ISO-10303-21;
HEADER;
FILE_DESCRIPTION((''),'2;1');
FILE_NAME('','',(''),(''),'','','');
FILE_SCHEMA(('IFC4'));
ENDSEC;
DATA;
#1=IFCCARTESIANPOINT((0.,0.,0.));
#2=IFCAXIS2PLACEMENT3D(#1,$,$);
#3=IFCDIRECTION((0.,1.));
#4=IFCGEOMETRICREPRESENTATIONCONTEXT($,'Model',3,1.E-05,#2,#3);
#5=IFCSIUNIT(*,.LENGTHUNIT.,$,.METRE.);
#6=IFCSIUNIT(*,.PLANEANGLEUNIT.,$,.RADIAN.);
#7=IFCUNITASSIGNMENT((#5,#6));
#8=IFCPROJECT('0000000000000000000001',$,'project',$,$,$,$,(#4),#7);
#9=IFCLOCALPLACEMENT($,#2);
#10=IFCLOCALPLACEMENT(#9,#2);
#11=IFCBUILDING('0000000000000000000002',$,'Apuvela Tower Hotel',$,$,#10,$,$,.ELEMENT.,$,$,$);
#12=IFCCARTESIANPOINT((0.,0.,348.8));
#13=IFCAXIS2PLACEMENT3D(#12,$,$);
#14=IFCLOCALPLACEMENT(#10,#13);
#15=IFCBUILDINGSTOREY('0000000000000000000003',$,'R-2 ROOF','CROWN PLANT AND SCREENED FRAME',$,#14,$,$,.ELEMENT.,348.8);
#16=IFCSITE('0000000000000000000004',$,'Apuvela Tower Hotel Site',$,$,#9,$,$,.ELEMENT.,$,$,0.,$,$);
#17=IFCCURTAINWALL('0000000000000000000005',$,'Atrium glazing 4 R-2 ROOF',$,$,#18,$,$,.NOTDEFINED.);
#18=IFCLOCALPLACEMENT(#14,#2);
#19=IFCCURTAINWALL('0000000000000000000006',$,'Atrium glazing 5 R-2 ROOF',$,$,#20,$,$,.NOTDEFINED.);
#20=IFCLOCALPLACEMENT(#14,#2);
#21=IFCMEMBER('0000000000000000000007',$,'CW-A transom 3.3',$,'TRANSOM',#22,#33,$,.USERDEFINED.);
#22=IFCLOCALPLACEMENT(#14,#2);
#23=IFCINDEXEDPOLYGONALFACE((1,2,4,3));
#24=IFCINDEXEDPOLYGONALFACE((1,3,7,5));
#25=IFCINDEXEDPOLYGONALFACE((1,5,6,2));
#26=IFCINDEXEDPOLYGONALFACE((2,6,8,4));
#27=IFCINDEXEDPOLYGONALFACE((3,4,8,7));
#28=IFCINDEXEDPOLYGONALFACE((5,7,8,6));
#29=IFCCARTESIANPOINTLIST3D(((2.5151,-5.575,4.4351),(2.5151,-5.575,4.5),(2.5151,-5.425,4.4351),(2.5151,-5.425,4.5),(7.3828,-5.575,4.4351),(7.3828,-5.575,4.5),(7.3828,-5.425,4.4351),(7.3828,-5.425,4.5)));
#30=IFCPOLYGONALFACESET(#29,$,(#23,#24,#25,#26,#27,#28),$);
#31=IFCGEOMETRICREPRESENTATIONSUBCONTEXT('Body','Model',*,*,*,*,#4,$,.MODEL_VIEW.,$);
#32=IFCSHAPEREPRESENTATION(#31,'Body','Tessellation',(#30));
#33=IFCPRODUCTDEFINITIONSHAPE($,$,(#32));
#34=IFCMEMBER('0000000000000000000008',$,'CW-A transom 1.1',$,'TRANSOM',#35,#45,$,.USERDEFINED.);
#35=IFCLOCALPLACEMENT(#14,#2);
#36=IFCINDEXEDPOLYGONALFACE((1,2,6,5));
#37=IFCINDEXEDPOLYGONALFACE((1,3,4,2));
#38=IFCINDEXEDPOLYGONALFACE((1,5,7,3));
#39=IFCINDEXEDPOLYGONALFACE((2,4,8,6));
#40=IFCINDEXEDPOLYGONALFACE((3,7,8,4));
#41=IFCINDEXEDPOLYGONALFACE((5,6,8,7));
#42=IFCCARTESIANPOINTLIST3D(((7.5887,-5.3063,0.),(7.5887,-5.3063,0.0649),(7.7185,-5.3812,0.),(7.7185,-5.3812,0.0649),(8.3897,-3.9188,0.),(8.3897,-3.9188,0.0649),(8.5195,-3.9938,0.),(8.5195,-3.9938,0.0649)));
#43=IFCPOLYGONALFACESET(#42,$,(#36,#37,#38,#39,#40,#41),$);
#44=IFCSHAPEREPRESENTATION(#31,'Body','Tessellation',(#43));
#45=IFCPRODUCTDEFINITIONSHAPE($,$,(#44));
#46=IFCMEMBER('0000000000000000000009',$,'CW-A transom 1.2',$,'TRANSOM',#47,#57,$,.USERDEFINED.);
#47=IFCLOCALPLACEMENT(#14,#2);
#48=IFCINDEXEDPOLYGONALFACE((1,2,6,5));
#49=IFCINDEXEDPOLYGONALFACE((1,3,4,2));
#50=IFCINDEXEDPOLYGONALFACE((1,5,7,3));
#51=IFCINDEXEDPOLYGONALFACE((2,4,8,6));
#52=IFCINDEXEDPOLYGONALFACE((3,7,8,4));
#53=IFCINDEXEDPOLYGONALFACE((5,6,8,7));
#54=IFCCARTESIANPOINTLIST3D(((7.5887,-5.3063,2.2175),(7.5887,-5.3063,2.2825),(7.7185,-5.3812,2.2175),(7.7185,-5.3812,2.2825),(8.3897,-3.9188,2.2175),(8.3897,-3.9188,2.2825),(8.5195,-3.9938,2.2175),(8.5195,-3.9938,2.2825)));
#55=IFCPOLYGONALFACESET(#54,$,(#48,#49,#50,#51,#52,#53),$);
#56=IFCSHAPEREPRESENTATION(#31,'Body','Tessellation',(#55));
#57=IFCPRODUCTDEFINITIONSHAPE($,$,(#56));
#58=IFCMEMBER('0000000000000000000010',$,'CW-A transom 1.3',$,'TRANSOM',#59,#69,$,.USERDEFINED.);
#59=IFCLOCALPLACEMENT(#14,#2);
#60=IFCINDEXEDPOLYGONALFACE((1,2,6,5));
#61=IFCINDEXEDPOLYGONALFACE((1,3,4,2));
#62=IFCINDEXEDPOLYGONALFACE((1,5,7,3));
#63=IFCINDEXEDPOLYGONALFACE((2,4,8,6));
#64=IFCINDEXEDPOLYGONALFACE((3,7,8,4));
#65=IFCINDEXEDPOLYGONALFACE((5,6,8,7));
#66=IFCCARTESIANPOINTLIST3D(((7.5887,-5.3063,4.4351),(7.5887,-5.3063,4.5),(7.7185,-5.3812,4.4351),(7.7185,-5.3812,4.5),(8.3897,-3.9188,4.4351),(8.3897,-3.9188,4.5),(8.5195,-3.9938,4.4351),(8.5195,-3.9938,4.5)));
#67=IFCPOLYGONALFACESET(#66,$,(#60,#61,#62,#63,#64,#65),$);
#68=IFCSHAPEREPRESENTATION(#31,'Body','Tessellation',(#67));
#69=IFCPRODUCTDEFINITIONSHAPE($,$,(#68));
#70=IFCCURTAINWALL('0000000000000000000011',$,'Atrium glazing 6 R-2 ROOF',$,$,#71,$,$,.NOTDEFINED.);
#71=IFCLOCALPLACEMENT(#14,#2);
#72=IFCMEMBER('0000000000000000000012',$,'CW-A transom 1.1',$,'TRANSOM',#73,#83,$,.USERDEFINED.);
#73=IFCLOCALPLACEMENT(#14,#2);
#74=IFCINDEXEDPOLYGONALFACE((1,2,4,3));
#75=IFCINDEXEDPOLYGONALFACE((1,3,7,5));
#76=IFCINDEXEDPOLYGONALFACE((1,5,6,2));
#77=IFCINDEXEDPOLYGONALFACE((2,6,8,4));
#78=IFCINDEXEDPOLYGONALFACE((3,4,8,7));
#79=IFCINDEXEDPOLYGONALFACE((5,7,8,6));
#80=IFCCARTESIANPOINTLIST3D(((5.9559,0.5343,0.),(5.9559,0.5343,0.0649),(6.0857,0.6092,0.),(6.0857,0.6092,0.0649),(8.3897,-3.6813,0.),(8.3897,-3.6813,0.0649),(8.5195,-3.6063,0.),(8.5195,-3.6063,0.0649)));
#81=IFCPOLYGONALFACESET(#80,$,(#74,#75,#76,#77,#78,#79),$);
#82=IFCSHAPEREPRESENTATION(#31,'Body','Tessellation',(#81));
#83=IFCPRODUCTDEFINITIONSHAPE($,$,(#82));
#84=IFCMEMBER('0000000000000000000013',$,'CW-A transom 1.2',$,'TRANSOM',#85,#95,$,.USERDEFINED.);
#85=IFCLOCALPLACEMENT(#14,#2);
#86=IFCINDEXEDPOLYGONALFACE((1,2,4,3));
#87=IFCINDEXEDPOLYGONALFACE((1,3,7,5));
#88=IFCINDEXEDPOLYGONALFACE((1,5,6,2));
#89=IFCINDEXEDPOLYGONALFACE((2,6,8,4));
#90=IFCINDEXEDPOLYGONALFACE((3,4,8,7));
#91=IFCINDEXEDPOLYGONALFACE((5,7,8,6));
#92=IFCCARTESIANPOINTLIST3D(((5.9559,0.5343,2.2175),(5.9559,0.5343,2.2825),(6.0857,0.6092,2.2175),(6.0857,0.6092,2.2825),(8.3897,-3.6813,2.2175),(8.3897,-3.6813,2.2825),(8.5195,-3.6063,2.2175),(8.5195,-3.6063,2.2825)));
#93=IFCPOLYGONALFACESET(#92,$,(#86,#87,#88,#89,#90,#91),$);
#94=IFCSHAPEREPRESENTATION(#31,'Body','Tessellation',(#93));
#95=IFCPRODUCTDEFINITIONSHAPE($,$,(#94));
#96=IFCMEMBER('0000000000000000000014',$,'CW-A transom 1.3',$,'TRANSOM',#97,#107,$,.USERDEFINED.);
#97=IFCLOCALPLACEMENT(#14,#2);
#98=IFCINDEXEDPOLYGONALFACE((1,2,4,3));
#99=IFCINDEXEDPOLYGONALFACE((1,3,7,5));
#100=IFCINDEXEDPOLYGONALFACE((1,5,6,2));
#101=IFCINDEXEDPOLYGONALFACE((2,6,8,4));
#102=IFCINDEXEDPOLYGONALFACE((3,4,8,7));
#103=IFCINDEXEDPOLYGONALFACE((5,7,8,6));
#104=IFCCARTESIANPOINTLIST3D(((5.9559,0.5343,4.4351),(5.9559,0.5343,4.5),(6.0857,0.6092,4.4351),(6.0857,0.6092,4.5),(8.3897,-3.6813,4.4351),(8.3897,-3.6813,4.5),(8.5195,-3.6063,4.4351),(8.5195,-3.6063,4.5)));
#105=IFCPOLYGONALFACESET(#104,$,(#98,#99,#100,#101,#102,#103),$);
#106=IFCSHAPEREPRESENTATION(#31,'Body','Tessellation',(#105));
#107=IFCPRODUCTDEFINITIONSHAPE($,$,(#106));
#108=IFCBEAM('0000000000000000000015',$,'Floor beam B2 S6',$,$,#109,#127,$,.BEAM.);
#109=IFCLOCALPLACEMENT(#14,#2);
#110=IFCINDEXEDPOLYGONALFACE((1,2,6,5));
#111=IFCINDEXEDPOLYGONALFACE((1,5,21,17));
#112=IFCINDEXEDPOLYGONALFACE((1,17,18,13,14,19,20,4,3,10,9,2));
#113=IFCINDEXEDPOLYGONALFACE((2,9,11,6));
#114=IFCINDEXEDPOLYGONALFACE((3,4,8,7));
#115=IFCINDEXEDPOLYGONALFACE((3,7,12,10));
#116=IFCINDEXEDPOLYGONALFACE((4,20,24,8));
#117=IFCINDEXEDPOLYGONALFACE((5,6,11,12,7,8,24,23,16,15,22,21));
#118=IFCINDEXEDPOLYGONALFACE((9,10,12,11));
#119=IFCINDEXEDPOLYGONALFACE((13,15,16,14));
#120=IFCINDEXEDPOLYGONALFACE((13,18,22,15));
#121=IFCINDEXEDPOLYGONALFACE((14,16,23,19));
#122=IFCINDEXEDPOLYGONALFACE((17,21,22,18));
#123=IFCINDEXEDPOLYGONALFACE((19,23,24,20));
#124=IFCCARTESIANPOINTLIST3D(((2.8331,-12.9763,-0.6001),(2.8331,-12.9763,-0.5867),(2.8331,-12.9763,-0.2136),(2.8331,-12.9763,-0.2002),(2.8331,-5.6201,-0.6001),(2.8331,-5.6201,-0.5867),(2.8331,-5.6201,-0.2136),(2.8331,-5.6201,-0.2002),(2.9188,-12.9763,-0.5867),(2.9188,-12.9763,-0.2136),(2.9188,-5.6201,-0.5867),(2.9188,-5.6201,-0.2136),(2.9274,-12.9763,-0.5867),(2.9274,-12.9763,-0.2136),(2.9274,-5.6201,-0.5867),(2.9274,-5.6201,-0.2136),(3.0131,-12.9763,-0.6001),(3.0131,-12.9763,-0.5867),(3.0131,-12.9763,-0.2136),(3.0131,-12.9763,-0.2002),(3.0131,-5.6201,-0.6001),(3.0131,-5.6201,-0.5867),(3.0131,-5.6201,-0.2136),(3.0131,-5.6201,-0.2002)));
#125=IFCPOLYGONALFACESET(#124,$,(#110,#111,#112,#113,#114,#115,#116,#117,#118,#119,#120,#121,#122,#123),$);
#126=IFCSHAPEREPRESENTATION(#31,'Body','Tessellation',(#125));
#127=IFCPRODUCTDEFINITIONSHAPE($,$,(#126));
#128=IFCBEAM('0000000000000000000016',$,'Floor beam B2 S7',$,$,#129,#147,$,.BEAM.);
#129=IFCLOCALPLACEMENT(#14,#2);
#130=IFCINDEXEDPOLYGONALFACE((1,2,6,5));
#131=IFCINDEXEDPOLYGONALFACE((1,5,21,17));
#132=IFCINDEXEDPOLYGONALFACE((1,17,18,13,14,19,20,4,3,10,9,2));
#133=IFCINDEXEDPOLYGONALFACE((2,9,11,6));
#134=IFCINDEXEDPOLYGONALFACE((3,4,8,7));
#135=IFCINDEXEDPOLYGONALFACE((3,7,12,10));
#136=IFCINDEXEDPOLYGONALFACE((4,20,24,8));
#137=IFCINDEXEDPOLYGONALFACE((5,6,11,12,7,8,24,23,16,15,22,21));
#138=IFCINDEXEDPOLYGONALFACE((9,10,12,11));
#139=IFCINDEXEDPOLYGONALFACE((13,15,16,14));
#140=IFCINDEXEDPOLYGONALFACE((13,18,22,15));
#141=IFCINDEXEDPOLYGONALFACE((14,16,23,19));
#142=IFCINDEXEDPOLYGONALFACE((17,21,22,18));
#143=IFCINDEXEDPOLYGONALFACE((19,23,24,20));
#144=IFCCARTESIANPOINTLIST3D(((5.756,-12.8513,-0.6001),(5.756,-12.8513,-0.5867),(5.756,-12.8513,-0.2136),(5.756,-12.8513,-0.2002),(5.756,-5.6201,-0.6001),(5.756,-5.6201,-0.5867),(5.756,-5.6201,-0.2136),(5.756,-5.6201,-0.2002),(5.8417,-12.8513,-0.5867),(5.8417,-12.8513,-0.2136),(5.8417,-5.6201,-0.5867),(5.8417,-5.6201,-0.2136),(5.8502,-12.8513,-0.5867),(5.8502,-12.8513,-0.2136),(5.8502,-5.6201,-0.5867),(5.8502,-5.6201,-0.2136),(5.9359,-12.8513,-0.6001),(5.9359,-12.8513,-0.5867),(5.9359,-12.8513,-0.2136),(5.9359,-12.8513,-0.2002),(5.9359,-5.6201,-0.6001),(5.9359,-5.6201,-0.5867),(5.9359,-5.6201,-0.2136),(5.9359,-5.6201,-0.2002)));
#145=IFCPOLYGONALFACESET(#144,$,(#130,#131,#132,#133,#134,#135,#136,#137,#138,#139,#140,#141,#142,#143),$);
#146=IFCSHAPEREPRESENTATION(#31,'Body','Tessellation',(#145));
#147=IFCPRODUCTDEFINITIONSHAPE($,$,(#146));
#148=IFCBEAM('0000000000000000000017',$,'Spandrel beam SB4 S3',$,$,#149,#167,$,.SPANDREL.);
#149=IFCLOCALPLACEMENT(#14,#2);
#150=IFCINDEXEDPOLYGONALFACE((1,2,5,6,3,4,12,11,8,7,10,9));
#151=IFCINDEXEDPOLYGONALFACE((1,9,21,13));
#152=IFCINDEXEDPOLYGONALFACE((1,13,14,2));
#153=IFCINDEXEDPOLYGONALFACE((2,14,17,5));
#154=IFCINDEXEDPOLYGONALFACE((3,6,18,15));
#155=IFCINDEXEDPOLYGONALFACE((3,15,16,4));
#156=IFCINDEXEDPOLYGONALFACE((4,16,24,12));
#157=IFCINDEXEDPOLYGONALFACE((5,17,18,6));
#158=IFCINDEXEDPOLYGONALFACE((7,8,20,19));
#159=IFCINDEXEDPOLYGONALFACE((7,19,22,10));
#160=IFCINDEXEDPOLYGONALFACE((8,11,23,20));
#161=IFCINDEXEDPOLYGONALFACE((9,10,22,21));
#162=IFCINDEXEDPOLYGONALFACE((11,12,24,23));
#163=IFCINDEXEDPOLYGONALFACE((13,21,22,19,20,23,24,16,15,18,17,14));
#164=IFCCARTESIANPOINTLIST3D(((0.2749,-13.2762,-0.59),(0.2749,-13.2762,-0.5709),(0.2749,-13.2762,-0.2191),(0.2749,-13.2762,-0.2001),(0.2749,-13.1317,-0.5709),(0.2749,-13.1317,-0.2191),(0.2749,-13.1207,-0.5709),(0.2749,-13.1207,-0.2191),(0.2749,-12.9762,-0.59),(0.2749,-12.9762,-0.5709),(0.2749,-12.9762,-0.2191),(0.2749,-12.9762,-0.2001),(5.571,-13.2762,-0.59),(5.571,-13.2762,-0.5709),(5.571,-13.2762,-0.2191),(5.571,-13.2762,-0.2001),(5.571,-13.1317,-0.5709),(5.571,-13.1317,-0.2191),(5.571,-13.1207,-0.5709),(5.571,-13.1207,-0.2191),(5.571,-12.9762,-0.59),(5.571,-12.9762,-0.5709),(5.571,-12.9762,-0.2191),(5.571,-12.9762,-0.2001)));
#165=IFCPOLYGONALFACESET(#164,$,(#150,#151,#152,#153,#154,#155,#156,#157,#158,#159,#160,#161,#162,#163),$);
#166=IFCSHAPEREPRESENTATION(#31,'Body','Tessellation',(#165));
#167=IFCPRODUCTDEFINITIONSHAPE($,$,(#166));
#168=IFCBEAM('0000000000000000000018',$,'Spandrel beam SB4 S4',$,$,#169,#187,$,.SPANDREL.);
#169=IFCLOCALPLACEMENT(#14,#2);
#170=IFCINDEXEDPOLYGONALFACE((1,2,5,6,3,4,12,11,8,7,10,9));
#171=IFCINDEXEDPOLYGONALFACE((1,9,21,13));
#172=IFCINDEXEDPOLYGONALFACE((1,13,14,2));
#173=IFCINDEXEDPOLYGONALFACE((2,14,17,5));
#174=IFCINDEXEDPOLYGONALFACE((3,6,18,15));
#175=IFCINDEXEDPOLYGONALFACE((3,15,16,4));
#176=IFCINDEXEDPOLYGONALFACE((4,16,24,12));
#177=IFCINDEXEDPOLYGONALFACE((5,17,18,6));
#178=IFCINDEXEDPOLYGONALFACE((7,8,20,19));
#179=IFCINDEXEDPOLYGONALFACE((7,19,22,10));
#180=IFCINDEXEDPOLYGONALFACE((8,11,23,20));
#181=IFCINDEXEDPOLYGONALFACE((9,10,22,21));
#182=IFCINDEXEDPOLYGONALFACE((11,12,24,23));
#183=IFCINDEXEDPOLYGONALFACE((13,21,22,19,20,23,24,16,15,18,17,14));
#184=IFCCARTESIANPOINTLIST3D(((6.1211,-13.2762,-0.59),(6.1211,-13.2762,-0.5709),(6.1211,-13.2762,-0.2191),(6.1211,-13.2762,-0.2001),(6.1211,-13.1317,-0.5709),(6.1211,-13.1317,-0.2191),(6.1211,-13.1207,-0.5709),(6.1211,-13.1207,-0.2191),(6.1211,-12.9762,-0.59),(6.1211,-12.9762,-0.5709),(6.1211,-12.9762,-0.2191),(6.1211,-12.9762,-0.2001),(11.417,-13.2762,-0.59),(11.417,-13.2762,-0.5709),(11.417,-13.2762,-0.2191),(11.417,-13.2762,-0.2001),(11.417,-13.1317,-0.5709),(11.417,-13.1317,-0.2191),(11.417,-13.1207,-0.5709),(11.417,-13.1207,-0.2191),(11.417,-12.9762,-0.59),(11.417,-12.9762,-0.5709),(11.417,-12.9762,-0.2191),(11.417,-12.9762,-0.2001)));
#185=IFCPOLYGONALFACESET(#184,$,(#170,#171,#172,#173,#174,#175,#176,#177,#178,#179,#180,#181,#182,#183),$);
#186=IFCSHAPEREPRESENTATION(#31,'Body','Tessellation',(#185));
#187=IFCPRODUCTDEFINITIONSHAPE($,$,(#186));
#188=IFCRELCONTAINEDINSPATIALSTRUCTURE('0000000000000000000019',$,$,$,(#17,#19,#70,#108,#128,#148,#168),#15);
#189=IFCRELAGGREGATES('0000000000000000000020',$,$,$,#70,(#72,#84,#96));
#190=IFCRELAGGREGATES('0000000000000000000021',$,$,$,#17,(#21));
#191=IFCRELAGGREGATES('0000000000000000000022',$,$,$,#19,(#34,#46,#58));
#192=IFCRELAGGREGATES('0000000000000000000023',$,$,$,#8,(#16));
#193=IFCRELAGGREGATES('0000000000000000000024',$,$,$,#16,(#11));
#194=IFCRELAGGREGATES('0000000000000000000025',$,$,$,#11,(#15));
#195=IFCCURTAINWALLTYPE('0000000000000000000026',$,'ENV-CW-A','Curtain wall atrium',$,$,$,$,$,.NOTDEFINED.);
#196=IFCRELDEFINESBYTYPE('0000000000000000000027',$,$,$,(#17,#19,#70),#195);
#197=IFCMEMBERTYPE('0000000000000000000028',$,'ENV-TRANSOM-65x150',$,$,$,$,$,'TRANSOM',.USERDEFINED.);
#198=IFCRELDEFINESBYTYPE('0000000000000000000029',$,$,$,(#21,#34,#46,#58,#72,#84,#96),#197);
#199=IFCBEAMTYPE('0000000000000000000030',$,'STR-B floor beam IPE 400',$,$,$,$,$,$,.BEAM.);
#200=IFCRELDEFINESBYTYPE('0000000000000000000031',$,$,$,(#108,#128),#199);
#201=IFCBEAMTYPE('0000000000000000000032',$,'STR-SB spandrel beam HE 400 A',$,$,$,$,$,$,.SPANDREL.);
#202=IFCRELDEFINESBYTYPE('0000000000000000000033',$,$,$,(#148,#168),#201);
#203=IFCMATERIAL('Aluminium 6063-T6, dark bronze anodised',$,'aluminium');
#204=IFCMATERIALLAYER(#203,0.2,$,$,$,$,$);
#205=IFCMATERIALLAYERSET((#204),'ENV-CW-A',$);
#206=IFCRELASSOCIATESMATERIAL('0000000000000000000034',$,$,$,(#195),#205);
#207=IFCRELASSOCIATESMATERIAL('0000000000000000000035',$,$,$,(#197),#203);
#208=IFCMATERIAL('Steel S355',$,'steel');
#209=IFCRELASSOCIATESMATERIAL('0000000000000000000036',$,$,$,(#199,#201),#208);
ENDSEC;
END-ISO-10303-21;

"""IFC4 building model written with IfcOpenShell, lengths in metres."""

from ifc_helpers import new_model, si_unit, direction, frame, origin, origin_2d, place, context, subcontext, project, spatial, rectangle, i_section, extrude, material, layer, layer_set, material_profile, profile_set, type_object, element, aggregate, save


model = new_model("IFC4")

# Units and contexts
model_context = context("Model", 3, precision=1e-05, world=origin(), true_north=direction((0.0, 1.0)))
body_context = subcontext(model_context, "Body", "Model", "MODEL_VIEW")
ifc_project = project(units=[si_unit("LENGTHUNIT", "METRE"), si_unit("PLANEANGLEUNIT", "RADIAN")], contexts=[model_context])

# Site, building, storey
site_placement = place(None, origin())
site = spatial("IfcSite", under=ifc_project, at=site_placement, Name="Apuvela Tower Hotel Site", CompositionType="ELEMENT", RefElevation=0.0)
building_placement = place(site_placement, origin())
building = spatial("IfcBuilding", under=site, at=building_placement, Name="Apuvela Tower Hotel", CompositionType="ELEMENT")
storey_placement = place(building_placement, frame((0.0, 0.0, 348.8)))
storey = spatial("IfcBuildingStorey", under=building, at=storey_placement, Name="R-2 ROOF", Description="CROWN PLANT AND SCREENED FRAME", CompositionType="ELEMENT", Elevation=348.8)

# Curtain wall
ifc_material_1 = material(Name="Aluminium 6063-T6, dark bronze anodised", Category="aluminium")
ifc_layer_1 = layer(ifc_material_1, 0.2)
ifc_layer_set_1 = layer_set([ifc_layer_1], Name="ENV-CW-A")
curtain_wall_type_1 = type_object("IfcCurtainWallType", Name="ENV-CW-A", Description="Curtain wall atrium", PredefinedType="NOTDEFINED", material=ifc_layer_set_1)
curtain_wall_1_placement = place(storey_placement, origin())
curtain_wall_1 = element("IfcCurtainWall", 1, at=curtain_wall_1_placement, inside=storey, type_object=curtain_wall_type_1, Name="Atrium glazing 4 R-2 ROOF", PredefinedType="NOTDEFINED")

# Curtain wall
curtain_wall_2_placement = place(storey_placement, origin())
curtain_wall_2 = element("IfcCurtainWall", 2, at=curtain_wall_2_placement, inside=storey, type_object=curtain_wall_type_1, Name="Atrium glazing 5 R-2 ROOF", PredefinedType="NOTDEFINED")

# Members
ifc_material_profile_1 = material_profile(ifc_material_1, rectangle(XDim=0.1499, YDim=0.0649, at=origin_2d()), Name="AL 65x150 transom")
ifc_profile_set_1 = profile_set([ifc_material_profile_1], Name="Aluminium 6063-T6, dark bronze anodised")
member_type_1 = type_object("IfcMemberType", Name="ENV-TRANSOM-65x150", ElementType="TRANSOM", PredefinedType="USERDEFINED", material=ifc_profile_set_1)
member_1_placement = place(storey_placement, frame((2.5151, -5.5, 4.4675), z_axis=(1.0, 0.0, 0.0), x_axis=(0.0, 1.0, 0.0)))
member_1 = element("IfcMember", 3, at=member_1_placement, type_object=member_type_1, Name="CW-A transom 3.3", ObjectType="TRANSOM", PredefinedType="USERDEFINED", context=body_context, shape_type="SweptSolid", body=[
    extrude(rectangle(XDim=0.1499, YDim=0.0649, at=origin_2d()), origin(), (0.0, 0.0, 1.0), 4.8677),
])
member_2_placement = place(storey_placement, frame((7.6536, -5.3438, 0.0325), z_axis=(0.499991, 0.866031, 0.0), x_axis=(-0.866031, 0.499991, 0.0)))
member_2 = element("IfcMember", 4, at=member_2_placement, type_object=member_type_1, Name="CW-A transom 1.1", ObjectType="TRANSOM", PredefinedType="USERDEFINED", context=body_context, shape_type="SweptSolid", body=[
    extrude(rectangle(XDim=0.1499, YDim=0.0649, at=origin_2d()), origin(), (0.0, 0.0, 1.0), 1.6021),
])
member_3_placement = place(storey_placement, frame((7.6536, -5.3438, 2.25), z_axis=(0.499991, 0.866031, 0.0), x_axis=(-0.866031, 0.499991, 0.0)))
member_3 = element("IfcMember", 5, at=member_3_placement, type_object=member_type_1, Name="CW-A transom 1.2", ObjectType="TRANSOM", PredefinedType="USERDEFINED", context=body_context, shape_type="SweptSolid", body=[
    extrude(rectangle(XDim=0.1499, YDim=0.0649, at=origin_2d()), origin(), (0.0, 0.0, 1.0), 1.6021),
])
member_4_placement = place(storey_placement, frame((7.6536, -5.3438, 4.4675), z_axis=(0.499991, 0.866031, 0.0), x_axis=(-0.866031, 0.499991, 0.0)))
member_4 = element("IfcMember", 6, at=member_4_placement, type_object=member_type_1, Name="CW-A transom 1.3", ObjectType="TRANSOM", PredefinedType="USERDEFINED", context=body_context, shape_type="SweptSolid", body=[
    extrude(rectangle(XDim=0.1499, YDim=0.0649, at=origin_2d()), origin(), (0.0, 0.0, 1.0), 1.6021),
])

# Curtain wall, members
curtain_wall_3_placement = place(storey_placement, origin())
curtain_wall_3 = element("IfcCurtainWall", 7, at=curtain_wall_3_placement, inside=storey, type_object=curtain_wall_type_1, Name="Atrium glazing 6 R-2 ROOF", PredefinedType="NOTDEFINED")
member_5_placement = place(storey_placement, frame((8.4546, -3.6438, 0.0325), z_axis=(-0.499996, 0.866028, 0.0), x_axis=(-0.866028, -0.499996, 0.0)))
member_5 = element("IfcMember", 8, at=member_5_placement, type_object=member_type_1, Name="CW-A transom 1.1", ObjectType="TRANSOM", PredefinedType="USERDEFINED", context=body_context, shape_type="SweptSolid", body=[
    extrude(rectangle(XDim=0.1499, YDim=0.0649, at=origin_2d()), origin(), (0.0, 0.0, 1.0), 4.8677),
])
member_6_placement = place(storey_placement, frame((8.4546, -3.6438, 2.25), z_axis=(-0.499996, 0.866028, 0.0), x_axis=(-0.866028, -0.499996, 0.0)))
member_6 = element("IfcMember", 9, at=member_6_placement, type_object=member_type_1, Name="CW-A transom 1.2", ObjectType="TRANSOM", PredefinedType="USERDEFINED", context=body_context, shape_type="SweptSolid", body=[
    extrude(rectangle(XDim=0.1499, YDim=0.0649, at=origin_2d()), origin(), (0.0, 0.0, 1.0), 4.8677),
])
member_7_placement = place(storey_placement, frame((8.4546, -3.6438, 4.4675), z_axis=(-0.499996, 0.866028, 0.0), x_axis=(-0.866028, -0.499996, 0.0)))
member_7 = element("IfcMember", 10, at=member_7_placement, type_object=member_type_1, Name="CW-A transom 1.3", ObjectType="TRANSOM", PredefinedType="USERDEFINED", context=body_context, shape_type="SweptSolid", body=[
    extrude(rectangle(XDim=0.1499, YDim=0.0649, at=origin_2d()), origin(), (0.0, 0.0, 1.0), 4.8677),
])
aggregate(curtain_wall_3, [member_5, member_6, member_7])

# Beams
ifc_material_2 = material(Name="Steel S355", Category="steel")
ifc_material_profile_2 = material_profile(ifc_material_2, i_section(OverallWidth=0.1799, OverallDepth=0.3999, WebThickness=0.0085, FlangeThickness=0.0134, at=origin_2d()), Name="IPE 400")
ifc_profile_set_2 = profile_set([ifc_material_profile_2], Name="Steel S355")
beam_type_1 = type_object("IfcBeamType", Name="STR-B floor beam IPE 400", PredefinedType="BEAM", material=ifc_profile_set_2)
beam_1_placement = place(storey_placement, frame((2.9231, -12.9763, -0.4001), z_axis=(0.0, 1.0, 0.0), x_axis=(-1.0, 0.0, 0.0)))
element("IfcBeam", 11, at=beam_1_placement, inside=storey, type_object=beam_type_1, Name="Floor beam B2 S6", PredefinedType="BEAM", context=body_context, shape_type="SweptSolid", body=[
    extrude(i_section(OverallWidth=0.1799, OverallDepth=0.3999, WebThickness=0.0085, FlangeThickness=0.0134, at=origin_2d()), origin(), (0.0, 0.0, 1.0), 7.3562),
])
beam_2_placement = place(storey_placement, frame((5.8459, -12.8513, -0.4001), z_axis=(0.0, 1.0, 0.0), x_axis=(-1.0, 0.0, 0.0)))
element("IfcBeam", 12, at=beam_2_placement, inside=storey, type_object=beam_type_1, Name="Floor beam B2 S7", PredefinedType="BEAM", context=body_context, shape_type="SweptSolid", body=[
    extrude(i_section(OverallWidth=0.1799, OverallDepth=0.3999, WebThickness=0.0085, FlangeThickness=0.0134, at=origin_2d()), origin(), (0.0, 0.0, 1.0), 7.2312),
])
ifc_material_profile_3 = material_profile(ifc_material_2, i_section(OverallWidth=0.3, OverallDepth=0.3899, WebThickness=0.011, FlangeThickness=0.019, at=origin_2d()), Name="HE 400 A")
ifc_profile_set_3 = profile_set([ifc_material_profile_3], Name="Steel S355")
beam_type_2 = type_object("IfcBeamType", Name="STR-SB spandrel beam HE 400 A", PredefinedType="SPANDREL", material=ifc_profile_set_3)
beam_3_placement = place(storey_placement, frame((0.2749, -13.1262, -0.395), z_axis=(1.0, 0.0, 0.0), x_axis=(0.0, 1.0, 0.0)))
element("IfcBeam", 13, at=beam_3_placement, inside=storey, type_object=beam_type_2, Name="Spandrel beam SB4 S3", PredefinedType="SPANDREL", context=body_context, shape_type="SweptSolid", body=[
    extrude(i_section(OverallWidth=0.3, OverallDepth=0.3899, WebThickness=0.011, FlangeThickness=0.019, at=origin_2d()), origin(), (0.0, 0.0, 1.0), 5.2961),
])
beam_4_placement = place(storey_placement, frame((6.1211, -13.1262, -0.395), z_axis=(1.0, 0.0, 0.0), x_axis=(0.0, 1.0, 0.0)))
element("IfcBeam", 14, at=beam_4_placement, inside=storey, type_object=beam_type_2, Name="Spandrel beam SB4 S4", PredefinedType="SPANDREL", context=body_context, shape_type="SweptSolid", body=[
    extrude(i_section(OverallWidth=0.3, OverallDepth=0.3899, WebThickness=0.011, FlangeThickness=0.019, at=origin_2d()), origin(), (0.0, 0.0, 1.0), 5.2959),
])

aggregate(curtain_wall_1, [member_1])
aggregate(curtain_wall_2, [member_2, member_3, member_4])

save(model, "model.ifc")
